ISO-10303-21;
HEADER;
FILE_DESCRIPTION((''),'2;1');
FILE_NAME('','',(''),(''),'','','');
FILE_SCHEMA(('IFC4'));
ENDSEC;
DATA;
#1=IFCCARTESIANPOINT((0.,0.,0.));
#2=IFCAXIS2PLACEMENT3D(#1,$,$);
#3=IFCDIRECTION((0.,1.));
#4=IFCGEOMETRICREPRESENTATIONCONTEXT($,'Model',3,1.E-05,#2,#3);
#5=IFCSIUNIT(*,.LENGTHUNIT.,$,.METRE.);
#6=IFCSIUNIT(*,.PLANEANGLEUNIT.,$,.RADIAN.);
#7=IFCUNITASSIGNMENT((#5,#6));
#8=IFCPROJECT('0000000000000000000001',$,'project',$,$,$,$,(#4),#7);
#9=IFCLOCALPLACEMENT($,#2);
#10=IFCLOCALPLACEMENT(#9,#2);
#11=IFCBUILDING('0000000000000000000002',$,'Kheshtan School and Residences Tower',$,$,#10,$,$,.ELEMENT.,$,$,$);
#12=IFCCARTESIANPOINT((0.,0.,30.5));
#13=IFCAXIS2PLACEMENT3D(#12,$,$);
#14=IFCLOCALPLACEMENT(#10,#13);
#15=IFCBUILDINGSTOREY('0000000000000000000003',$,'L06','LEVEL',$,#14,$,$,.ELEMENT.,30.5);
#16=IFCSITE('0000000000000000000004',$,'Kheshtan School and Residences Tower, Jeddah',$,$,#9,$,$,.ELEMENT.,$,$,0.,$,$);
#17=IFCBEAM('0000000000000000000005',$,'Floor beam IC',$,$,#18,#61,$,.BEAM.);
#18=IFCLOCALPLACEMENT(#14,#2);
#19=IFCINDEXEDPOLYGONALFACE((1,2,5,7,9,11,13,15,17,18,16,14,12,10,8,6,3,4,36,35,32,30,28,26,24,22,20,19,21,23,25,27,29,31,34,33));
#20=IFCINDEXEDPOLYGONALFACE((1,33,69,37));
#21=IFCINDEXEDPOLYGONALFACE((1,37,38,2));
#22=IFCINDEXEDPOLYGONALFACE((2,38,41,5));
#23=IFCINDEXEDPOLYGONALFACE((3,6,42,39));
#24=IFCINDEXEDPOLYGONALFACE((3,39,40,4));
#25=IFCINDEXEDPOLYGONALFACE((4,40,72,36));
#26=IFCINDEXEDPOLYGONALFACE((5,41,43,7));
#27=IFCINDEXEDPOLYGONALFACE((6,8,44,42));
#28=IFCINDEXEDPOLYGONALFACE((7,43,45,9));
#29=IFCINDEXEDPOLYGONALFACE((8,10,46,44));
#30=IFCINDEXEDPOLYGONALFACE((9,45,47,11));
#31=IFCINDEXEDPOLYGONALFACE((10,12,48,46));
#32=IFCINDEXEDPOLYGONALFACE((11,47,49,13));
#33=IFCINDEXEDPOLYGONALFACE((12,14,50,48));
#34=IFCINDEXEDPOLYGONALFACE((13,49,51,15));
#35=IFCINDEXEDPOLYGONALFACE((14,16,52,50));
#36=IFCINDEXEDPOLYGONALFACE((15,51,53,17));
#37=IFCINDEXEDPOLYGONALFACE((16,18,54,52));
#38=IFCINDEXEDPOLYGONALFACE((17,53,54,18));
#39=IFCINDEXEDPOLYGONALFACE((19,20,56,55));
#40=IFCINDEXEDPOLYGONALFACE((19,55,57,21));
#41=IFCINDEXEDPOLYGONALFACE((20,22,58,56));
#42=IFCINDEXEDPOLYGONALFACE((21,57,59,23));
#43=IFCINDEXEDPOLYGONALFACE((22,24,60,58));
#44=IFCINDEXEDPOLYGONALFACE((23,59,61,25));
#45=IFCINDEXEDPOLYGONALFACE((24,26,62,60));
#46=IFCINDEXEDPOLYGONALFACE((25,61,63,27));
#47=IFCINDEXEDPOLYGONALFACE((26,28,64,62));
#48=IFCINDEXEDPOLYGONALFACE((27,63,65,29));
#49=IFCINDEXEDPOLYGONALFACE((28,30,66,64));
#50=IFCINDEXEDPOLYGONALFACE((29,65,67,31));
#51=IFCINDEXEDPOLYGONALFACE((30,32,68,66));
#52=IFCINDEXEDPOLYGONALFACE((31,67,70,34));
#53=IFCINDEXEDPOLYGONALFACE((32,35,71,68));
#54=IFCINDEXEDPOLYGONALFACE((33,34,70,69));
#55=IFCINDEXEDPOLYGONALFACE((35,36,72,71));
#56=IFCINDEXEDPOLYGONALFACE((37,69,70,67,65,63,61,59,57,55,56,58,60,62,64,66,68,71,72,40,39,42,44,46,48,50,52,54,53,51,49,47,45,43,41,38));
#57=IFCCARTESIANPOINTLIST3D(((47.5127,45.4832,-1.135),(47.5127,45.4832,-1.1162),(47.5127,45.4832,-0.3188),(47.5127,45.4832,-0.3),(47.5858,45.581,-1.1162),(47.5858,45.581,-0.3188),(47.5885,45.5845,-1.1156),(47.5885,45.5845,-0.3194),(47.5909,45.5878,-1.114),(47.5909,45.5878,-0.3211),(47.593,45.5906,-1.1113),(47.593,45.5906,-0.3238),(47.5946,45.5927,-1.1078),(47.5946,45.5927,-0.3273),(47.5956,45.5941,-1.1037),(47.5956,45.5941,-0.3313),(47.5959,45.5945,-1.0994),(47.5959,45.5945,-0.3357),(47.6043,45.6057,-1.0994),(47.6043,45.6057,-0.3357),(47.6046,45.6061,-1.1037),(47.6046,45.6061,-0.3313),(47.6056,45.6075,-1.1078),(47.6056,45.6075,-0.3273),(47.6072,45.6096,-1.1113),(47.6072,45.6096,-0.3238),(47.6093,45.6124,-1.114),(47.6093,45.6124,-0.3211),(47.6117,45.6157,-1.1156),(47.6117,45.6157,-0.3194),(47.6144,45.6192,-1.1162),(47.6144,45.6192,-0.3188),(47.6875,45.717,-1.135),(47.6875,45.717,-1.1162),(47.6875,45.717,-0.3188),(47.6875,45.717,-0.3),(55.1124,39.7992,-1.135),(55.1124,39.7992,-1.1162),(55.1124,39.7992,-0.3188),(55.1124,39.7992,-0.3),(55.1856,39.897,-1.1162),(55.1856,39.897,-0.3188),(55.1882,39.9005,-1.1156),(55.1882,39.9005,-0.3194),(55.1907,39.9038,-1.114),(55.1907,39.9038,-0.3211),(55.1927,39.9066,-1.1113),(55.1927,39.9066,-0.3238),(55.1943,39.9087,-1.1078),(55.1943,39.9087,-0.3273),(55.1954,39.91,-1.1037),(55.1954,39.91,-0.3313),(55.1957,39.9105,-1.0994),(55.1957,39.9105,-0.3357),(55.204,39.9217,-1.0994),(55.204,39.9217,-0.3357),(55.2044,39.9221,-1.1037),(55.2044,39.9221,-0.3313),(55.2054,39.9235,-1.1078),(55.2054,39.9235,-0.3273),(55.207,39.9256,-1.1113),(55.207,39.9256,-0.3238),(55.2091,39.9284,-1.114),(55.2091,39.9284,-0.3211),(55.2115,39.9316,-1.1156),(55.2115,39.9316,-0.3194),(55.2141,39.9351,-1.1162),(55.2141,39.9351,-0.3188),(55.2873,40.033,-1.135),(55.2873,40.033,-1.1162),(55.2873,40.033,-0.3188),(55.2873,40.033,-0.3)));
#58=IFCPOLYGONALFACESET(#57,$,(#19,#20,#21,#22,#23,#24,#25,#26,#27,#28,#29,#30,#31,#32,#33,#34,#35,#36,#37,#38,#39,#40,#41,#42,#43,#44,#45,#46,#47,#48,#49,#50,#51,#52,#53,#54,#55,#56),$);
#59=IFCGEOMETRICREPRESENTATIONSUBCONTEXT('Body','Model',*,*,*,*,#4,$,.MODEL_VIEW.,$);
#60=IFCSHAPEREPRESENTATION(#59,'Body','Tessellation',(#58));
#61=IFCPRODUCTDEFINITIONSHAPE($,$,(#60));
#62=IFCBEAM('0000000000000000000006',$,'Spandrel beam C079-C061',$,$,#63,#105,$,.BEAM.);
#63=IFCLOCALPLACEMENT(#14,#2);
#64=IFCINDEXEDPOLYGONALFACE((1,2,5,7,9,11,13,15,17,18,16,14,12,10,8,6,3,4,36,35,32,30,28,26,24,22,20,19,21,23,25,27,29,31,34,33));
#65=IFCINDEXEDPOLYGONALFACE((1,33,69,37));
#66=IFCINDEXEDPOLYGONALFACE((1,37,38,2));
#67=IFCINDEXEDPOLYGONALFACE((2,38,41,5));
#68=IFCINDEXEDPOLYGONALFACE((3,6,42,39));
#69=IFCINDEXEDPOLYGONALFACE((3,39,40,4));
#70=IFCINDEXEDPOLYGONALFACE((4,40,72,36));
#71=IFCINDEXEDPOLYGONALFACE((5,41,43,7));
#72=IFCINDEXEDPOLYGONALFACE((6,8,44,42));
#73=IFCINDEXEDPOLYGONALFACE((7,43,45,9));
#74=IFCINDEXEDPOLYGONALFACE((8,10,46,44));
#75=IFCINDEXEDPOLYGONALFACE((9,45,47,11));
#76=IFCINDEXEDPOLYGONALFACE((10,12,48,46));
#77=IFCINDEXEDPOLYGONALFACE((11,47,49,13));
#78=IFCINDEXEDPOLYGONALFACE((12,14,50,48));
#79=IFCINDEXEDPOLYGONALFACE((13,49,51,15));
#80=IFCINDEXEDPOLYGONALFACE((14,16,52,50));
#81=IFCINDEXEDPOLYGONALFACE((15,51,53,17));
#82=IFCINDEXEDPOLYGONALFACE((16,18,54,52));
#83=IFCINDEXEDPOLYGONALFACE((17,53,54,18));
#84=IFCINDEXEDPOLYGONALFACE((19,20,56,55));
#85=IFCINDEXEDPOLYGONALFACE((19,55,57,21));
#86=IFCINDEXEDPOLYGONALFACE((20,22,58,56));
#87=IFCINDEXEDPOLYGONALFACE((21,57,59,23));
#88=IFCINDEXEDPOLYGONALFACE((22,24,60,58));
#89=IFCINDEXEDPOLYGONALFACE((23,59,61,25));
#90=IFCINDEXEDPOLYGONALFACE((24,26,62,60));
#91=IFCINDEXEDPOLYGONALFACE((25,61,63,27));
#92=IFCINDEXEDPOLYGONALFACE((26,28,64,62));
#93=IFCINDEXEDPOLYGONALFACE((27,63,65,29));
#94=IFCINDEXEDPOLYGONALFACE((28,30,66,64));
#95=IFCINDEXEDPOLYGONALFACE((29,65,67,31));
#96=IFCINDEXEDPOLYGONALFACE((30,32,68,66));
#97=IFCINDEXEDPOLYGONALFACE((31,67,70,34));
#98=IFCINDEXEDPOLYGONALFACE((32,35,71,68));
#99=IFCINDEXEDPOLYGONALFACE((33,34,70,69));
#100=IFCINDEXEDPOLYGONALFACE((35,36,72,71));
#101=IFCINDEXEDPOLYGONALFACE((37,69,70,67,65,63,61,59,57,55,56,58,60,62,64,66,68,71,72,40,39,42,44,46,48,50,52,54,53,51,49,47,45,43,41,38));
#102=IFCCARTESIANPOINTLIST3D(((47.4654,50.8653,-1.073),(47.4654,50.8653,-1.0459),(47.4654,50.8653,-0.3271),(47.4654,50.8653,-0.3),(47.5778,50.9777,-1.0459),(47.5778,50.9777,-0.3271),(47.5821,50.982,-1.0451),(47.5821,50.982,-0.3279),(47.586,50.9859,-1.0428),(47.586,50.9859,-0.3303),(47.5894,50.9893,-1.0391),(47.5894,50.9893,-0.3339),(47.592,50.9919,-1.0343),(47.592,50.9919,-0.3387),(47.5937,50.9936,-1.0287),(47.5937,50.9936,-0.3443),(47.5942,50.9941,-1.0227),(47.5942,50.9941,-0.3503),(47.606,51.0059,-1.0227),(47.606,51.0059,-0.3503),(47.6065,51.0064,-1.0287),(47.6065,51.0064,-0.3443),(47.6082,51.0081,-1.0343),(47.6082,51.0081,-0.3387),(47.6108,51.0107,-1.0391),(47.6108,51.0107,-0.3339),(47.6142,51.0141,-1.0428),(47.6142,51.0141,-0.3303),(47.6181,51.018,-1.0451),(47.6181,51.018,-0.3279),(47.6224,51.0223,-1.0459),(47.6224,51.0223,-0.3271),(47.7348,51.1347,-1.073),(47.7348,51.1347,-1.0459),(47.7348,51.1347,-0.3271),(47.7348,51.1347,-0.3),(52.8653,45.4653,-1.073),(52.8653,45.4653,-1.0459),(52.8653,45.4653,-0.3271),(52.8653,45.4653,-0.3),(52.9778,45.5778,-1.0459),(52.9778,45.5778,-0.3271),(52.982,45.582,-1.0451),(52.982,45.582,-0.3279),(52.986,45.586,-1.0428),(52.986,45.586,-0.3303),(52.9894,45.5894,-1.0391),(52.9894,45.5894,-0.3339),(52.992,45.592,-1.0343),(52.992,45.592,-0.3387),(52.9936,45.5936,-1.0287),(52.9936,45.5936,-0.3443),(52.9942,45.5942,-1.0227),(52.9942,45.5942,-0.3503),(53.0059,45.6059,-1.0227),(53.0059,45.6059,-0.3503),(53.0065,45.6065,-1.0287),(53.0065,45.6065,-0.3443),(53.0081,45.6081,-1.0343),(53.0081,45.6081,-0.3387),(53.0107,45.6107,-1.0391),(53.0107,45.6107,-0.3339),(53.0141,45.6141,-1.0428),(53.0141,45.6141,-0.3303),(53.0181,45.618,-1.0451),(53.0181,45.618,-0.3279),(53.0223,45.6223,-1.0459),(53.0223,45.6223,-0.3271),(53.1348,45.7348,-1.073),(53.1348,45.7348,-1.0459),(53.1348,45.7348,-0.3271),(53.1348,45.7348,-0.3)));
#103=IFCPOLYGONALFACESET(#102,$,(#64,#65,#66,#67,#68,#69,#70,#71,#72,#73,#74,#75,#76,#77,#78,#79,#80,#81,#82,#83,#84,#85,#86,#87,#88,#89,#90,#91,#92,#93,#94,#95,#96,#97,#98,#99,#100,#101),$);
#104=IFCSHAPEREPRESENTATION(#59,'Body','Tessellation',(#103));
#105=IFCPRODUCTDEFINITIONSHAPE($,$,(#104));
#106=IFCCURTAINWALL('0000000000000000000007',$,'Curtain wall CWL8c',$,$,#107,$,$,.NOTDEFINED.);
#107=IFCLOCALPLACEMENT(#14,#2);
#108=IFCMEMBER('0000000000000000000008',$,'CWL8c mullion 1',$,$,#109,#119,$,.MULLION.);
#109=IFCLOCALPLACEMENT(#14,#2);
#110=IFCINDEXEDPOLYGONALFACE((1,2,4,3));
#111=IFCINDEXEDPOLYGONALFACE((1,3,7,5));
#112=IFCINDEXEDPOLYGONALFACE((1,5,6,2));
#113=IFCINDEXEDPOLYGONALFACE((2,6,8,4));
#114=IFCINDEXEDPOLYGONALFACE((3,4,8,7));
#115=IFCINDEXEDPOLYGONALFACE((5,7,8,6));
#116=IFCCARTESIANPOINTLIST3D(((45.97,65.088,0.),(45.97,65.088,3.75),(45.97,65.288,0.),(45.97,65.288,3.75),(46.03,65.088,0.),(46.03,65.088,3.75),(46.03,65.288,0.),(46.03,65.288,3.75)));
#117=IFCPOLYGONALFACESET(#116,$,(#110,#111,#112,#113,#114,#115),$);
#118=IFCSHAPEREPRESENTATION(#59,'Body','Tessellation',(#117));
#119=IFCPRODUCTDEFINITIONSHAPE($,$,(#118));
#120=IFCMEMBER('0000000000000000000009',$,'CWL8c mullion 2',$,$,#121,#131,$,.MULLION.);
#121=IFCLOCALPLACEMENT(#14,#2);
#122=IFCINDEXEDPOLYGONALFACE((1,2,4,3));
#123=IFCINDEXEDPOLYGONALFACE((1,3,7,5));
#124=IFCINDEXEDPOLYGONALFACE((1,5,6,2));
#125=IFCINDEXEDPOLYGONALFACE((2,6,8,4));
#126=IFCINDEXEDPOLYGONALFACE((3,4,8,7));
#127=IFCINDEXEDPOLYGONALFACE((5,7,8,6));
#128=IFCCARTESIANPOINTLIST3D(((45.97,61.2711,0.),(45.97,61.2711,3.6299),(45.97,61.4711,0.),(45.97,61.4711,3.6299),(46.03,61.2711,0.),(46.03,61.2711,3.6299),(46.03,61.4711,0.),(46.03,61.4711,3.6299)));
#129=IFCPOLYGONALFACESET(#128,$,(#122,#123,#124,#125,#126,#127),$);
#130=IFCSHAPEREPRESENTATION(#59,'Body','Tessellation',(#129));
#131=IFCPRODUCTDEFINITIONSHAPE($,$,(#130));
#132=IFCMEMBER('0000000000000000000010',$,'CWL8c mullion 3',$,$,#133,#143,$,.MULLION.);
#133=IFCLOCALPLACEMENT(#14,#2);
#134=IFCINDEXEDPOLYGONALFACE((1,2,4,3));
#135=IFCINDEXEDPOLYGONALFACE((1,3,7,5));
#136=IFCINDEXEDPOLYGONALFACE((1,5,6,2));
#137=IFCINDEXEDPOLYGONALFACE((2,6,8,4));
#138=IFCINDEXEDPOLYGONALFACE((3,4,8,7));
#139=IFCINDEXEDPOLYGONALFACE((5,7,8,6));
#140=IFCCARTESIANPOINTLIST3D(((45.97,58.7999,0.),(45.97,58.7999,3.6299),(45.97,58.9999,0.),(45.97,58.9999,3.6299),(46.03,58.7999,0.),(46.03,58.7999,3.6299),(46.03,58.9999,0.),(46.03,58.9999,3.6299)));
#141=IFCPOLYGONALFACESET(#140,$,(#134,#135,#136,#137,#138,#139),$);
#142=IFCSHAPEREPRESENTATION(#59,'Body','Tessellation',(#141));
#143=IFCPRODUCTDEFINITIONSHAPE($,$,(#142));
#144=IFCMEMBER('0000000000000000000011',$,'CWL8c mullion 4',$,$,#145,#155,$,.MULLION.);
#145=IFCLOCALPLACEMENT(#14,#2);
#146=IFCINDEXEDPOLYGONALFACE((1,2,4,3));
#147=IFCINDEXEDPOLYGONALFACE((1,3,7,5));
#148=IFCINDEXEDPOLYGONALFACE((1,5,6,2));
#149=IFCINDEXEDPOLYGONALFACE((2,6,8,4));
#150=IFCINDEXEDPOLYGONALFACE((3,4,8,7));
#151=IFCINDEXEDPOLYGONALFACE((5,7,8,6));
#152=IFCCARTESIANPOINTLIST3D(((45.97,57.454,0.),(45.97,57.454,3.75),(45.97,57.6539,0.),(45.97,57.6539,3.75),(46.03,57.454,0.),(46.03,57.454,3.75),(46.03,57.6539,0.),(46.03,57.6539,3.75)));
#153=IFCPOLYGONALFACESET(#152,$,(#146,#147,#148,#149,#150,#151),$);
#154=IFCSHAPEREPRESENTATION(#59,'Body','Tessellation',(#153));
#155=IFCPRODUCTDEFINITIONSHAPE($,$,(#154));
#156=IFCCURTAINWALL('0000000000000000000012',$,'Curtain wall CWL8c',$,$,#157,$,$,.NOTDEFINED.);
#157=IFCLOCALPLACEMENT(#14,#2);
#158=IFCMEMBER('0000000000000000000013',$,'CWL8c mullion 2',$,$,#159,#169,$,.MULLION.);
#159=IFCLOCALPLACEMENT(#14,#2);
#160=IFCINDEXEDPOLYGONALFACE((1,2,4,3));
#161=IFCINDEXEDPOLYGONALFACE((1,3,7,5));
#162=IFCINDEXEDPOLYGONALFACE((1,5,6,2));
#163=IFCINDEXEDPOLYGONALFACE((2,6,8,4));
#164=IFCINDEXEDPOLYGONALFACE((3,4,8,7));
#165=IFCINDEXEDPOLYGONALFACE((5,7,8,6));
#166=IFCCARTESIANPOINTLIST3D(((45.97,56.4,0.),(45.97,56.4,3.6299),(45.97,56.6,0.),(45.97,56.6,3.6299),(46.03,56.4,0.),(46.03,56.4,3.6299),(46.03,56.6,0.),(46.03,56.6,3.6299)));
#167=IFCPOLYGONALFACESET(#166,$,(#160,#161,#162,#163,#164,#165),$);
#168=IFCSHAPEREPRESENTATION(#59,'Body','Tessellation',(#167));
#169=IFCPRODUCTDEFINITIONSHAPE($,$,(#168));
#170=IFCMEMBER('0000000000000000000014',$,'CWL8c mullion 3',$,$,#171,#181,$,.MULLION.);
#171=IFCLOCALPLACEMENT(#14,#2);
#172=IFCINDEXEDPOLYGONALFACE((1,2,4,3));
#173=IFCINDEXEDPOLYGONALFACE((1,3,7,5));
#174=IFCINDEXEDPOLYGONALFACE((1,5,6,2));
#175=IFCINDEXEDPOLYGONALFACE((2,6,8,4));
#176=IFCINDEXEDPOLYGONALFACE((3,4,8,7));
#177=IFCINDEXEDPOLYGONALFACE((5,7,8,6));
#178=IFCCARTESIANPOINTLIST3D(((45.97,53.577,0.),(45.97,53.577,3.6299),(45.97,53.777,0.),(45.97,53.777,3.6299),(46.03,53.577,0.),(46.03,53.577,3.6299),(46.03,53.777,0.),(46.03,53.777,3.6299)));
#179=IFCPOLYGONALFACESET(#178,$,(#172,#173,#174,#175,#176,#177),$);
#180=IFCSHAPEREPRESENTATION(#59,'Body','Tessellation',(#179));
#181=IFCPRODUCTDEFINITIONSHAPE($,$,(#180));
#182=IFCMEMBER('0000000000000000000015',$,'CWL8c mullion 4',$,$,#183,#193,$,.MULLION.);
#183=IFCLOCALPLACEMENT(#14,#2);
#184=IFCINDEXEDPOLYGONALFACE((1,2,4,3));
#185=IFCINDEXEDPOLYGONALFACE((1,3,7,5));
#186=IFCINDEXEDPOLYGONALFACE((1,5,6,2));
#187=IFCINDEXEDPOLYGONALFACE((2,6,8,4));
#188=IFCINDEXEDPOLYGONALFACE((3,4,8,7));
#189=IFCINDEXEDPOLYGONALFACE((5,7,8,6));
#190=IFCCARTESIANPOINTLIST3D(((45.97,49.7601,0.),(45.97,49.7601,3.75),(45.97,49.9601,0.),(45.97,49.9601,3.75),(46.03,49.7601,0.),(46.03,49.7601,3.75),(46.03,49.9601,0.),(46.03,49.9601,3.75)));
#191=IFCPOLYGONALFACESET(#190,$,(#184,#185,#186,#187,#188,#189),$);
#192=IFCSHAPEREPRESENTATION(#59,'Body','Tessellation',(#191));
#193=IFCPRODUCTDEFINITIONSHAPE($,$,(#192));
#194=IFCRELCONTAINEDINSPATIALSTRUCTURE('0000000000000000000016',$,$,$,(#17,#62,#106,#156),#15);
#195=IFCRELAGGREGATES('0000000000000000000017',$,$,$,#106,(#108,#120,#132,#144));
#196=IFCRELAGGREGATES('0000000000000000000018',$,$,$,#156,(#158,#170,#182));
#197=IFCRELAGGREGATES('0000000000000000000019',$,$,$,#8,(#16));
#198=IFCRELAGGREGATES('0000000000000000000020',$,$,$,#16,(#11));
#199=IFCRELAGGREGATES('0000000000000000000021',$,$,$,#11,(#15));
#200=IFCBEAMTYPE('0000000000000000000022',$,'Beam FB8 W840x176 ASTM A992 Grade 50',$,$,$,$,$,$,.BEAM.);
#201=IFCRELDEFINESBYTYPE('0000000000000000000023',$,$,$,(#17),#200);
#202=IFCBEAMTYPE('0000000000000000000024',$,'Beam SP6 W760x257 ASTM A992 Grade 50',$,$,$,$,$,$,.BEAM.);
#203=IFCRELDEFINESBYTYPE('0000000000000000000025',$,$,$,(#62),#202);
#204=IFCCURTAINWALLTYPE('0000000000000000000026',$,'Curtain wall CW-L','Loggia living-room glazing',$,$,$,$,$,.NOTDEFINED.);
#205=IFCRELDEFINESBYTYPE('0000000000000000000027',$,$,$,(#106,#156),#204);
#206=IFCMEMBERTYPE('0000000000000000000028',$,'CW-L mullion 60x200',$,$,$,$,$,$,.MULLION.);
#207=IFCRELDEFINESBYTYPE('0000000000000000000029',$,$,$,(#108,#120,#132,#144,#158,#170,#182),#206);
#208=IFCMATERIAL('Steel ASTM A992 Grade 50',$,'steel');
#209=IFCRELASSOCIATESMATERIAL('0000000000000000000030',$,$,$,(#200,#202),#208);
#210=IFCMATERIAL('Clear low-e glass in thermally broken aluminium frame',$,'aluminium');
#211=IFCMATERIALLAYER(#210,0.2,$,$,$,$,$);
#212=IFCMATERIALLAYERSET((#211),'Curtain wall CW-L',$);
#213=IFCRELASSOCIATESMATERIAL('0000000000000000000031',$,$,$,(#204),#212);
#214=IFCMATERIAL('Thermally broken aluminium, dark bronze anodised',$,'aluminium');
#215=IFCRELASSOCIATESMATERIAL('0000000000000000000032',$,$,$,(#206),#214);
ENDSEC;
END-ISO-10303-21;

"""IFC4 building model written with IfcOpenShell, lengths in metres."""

from ifc_helpers import new_model, si_unit, direction, frame, origin, origin_2d, place, context, subcontext, project, spatial, rectangle, i_section, extrude, material, layer, layer_set, material_profile, profile_set, type_object, element, aggregate, save


model = new_model("IFC4")

# Units and contexts
model_context = context("Model", 3, precision=1e-05, world=origin(), true_north=direction((0.0, 1.0)))
body_context = subcontext(model_context, "Body", "Model", "MODEL_VIEW")
ifc_project = project(units=[si_unit("LENGTHUNIT", "METRE"), si_unit("PLANEANGLEUNIT", "RADIAN")], contexts=[model_context])

# Site, building, storey
site_placement = place(None, origin())
site = spatial("IfcSite", under=ifc_project, at=site_placement, Name="Kheshtan School and Residences Tower, Jeddah", CompositionType="ELEMENT", RefElevation=0.0)
building_placement = place(site_placement, origin())
building = spatial("IfcBuilding", under=site, at=building_placement, Name="Kheshtan School and Residences Tower", CompositionType="ELEMENT")
storey_placement = place(building_placement, frame((0.0, 0.0, 30.5)))
storey = spatial("IfcBuildingStorey", under=building, at=storey_placement, Name="L06", Description="LEVEL", CompositionType="ELEMENT", Elevation=30.5)

# Shared definitions
ifc_material_1 = material(Name="Steel ASTM A992 Grade 50", Category="steel")

# Beams
ifc_material_profile_1 = material_profile(ifc_material_1, i_section(OverallWidth=0.292, OverallDepth=0.835, WebThickness=0.0139, FlangeThickness=0.0188, FilletRadius=0.0168, at=origin_2d()), Name="W840x176")
ifc_profile_set_1 = profile_set([ifc_material_profile_1], Name="Steel ASTM A992 Grade 50")
beam_type_1 = type_object("IfcBeamType", Name="Beam FB8 W840x176 ASTM A992 Grade 50", PredefinedType="BEAM", material=ifc_profile_set_1)
beam_1_placement = place(storey_placement, frame((47.6001, 45.6001, -0.7175), z_axis=(0.800799, -0.598933, 0.0), x_axis=(0.598933, 0.800799, 0.0)))
element("IfcBeam", 1, at=beam_1_placement, inside=storey, type_object=beam_type_1, Name="Floor beam IC", PredefinedType="BEAM", context=body_context, shape_type="SweptSolid", body=[
    extrude(i_section(OverallWidth=0.292, OverallDepth=0.835, WebThickness=0.0139, FlangeThickness=0.0188, FilletRadius=0.0168, at=origin_2d()), origin(), (0.0, 0.0, 1.0), 9.4902),
])
ifc_material_profile_2 = material_profile(ifc_material_1, i_section(OverallWidth=0.3811, OverallDepth=0.7729, WebThickness=0.0166, FlangeThickness=0.0271, FilletRadius=0.0232, at=origin_2d()), Name="W760x257")
ifc_profile_set_2 = profile_set([ifc_material_profile_2], Name="Steel ASTM A992 Grade 50")
beam_type_2 = type_object("IfcBeamType", Name="Beam SP6 W760x257 ASTM A992 Grade 50", PredefinedType="BEAM", material=ifc_profile_set_2)
beam_2_placement = place(storey_placement, frame((47.6001, 51.0, -0.6865), z_axis=(0.707107, -0.707107, 0.0), x_axis=(0.707107, 0.707107, 0.0)))
element("IfcBeam", 2, at=beam_2_placement, inside=storey, type_object=beam_type_2, Name="Spandrel beam C079-C061", PredefinedType="BEAM", context=body_context, shape_type="SweptSolid", body=[
    extrude(i_section(OverallWidth=0.3811, OverallDepth=0.7729, WebThickness=0.0166, FlangeThickness=0.0271, FilletRadius=0.0232, at=origin_2d()), origin(), (0.0, 0.0, 1.0), 7.6367),
])

# Curtain walls, members
ifc_material_2 = material(Name="Clear low-e glass in thermally broken aluminium frame", Category="aluminium")
ifc_layer_1 = layer(ifc_material_2, 0.2)
ifc_layer_set_1 = layer_set([ifc_layer_1], Name="Curtain wall CW-L")
curtain_wall_type = type_object("IfcCurtainWallType", Name="Curtain wall CW-L", Description="Loggia living-room glazing", PredefinedType="NOTDEFINED", material=ifc_layer_set_1)
curtain_wall_1_placement = place(storey_placement, origin())
curtain_wall_1 = element("IfcCurtainWall", 3, at=curtain_wall_1_placement, inside=storey, type_object=curtain_wall_type, Name="Curtain wall CWL8c", PredefinedType="NOTDEFINED")
ifc_material_3 = material(Name="Thermally broken aluminium, dark bronze anodised", Category="aluminium")
ifc_material_profile_3 = material_profile(ifc_material_3, rectangle(XDim=0.0601, YDim=0.2, at=origin_2d()), Name="CW-L mullion 60x200")
ifc_profile_set_3 = profile_set([ifc_material_profile_3], Name="Thermally broken aluminium, dark bronze anodised")
member_type_1 = type_object("IfcMemberType", Name="CW-L mullion 60x200", PredefinedType="MULLION", material=ifc_profile_set_3)
member_1_placement = place(storey_placement, frame((46.0, 65.188, 0.0), z_axis=(0.0, 0.0, 1.0), x_axis=(1.0, 0.0, 0.0)))
member_1 = element("IfcMember", 4, at=member_1_placement, type_object=member_type_1, Name="CWL8c mullion 1", PredefinedType="MULLION", context=body_context, shape_type="SweptSolid", body=[
    extrude(rectangle(XDim=0.0601, YDim=0.2, at=origin_2d()), origin(), (0.0, 0.0, 1.0), 3.75),
])
member_2_placement = place(storey_placement, frame((46.0, 61.3711, 0.0), z_axis=(0.0, 0.0, 1.0), x_axis=(1.0, 0.0, 0.0)))
member_2 = element("IfcMember", 5, at=member_2_placement, type_object=member_type_1, Name="CWL8c mullion 2", PredefinedType="MULLION", context=body_context, shape_type="SweptSolid", body=[
    extrude(rectangle(XDim=0.0601, YDim=0.2, at=origin_2d()), origin(), (0.0, 0.0, 1.0), 3.6299),
])
member_3_placement = place(storey_placement, frame((46.0, 58.8999, 0.0), z_axis=(0.0, 0.0, 1.0), x_axis=(1.0, 0.0, 0.0)))
member_3 = element("IfcMember", 6, at=member_3_placement, type_object=member_type_1, Name="CWL8c mullion 3", PredefinedType="MULLION", context=body_context, shape_type="SweptSolid", body=[
    extrude(rectangle(XDim=0.0601, YDim=0.2, at=origin_2d()), origin(), (0.0, 0.0, 1.0), 3.6299),
])
member_4_placement = place(storey_placement, frame((46.0, 57.554, 0.0), z_axis=(0.0, 0.0, 1.0), x_axis=(1.0, 0.0, 0.0)))
member_4 = element("IfcMember", 7, at=member_4_placement, type_object=member_type_1, Name="CWL8c mullion 4", PredefinedType="MULLION", context=body_context, shape_type="SweptSolid", body=[
    extrude(rectangle(XDim=0.0601, YDim=0.2, at=origin_2d()), origin(), (0.0, 0.0, 1.0), 3.75),
])
curtain_wall_2_placement = place(storey_placement, origin())
curtain_wall_2 = element("IfcCurtainWall", 8, at=curtain_wall_2_placement, inside=storey, type_object=curtain_wall_type, Name="Curtain wall CWL8c", PredefinedType="NOTDEFINED")
member_5_placement = place(storey_placement, frame((46.0, 56.5, 0.0), z_axis=(0.0, 0.0, 1.0), x_axis=(1.0, 0.0, 0.0)))
member_5 = element("IfcMember", 9, at=member_5_placement, type_object=member_type_1, Name="CWL8c mullion 2", PredefinedType="MULLION", context=body_context, shape_type="SweptSolid", body=[
    extrude(rectangle(XDim=0.0601, YDim=0.2, at=origin_2d()), origin(), (0.0, 0.0, 1.0), 3.6299),
])
member_6_placement = place(storey_placement, frame((46.0, 53.677, 0.0), z_axis=(0.0, 0.0, 1.0), x_axis=(1.0, 0.0, 0.0)))
member_6 = element("IfcMember", 10, at=member_6_placement, type_object=member_type_1, Name="CWL8c mullion 3", PredefinedType="MULLION", context=body_context, shape_type="SweptSolid", body=[
    extrude(rectangle(XDim=0.0601, YDim=0.2, at=origin_2d()), origin(), (0.0, 0.0, 1.0), 3.6299),
])
member_7_placement = place(storey_placement, frame((46.0, 49.8601, 0.0), z_axis=(0.0, 0.0, 1.0), x_axis=(1.0, 0.0, 0.0)))
member_7 = element("IfcMember", 11, at=member_7_placement, type_object=member_type_1, Name="CWL8c mullion 4", PredefinedType="MULLION", context=body_context, shape_type="SweptSolid", body=[
    extrude(rectangle(XDim=0.0601, YDim=0.2, at=origin_2d()), origin(), (0.0, 0.0, 1.0), 3.75),
])

aggregate(curtain_wall_1, [member_1, member_2, member_3, member_4])
aggregate(curtain_wall_2, [member_5, member_6, member_7])

save(model, "model.ifc")
